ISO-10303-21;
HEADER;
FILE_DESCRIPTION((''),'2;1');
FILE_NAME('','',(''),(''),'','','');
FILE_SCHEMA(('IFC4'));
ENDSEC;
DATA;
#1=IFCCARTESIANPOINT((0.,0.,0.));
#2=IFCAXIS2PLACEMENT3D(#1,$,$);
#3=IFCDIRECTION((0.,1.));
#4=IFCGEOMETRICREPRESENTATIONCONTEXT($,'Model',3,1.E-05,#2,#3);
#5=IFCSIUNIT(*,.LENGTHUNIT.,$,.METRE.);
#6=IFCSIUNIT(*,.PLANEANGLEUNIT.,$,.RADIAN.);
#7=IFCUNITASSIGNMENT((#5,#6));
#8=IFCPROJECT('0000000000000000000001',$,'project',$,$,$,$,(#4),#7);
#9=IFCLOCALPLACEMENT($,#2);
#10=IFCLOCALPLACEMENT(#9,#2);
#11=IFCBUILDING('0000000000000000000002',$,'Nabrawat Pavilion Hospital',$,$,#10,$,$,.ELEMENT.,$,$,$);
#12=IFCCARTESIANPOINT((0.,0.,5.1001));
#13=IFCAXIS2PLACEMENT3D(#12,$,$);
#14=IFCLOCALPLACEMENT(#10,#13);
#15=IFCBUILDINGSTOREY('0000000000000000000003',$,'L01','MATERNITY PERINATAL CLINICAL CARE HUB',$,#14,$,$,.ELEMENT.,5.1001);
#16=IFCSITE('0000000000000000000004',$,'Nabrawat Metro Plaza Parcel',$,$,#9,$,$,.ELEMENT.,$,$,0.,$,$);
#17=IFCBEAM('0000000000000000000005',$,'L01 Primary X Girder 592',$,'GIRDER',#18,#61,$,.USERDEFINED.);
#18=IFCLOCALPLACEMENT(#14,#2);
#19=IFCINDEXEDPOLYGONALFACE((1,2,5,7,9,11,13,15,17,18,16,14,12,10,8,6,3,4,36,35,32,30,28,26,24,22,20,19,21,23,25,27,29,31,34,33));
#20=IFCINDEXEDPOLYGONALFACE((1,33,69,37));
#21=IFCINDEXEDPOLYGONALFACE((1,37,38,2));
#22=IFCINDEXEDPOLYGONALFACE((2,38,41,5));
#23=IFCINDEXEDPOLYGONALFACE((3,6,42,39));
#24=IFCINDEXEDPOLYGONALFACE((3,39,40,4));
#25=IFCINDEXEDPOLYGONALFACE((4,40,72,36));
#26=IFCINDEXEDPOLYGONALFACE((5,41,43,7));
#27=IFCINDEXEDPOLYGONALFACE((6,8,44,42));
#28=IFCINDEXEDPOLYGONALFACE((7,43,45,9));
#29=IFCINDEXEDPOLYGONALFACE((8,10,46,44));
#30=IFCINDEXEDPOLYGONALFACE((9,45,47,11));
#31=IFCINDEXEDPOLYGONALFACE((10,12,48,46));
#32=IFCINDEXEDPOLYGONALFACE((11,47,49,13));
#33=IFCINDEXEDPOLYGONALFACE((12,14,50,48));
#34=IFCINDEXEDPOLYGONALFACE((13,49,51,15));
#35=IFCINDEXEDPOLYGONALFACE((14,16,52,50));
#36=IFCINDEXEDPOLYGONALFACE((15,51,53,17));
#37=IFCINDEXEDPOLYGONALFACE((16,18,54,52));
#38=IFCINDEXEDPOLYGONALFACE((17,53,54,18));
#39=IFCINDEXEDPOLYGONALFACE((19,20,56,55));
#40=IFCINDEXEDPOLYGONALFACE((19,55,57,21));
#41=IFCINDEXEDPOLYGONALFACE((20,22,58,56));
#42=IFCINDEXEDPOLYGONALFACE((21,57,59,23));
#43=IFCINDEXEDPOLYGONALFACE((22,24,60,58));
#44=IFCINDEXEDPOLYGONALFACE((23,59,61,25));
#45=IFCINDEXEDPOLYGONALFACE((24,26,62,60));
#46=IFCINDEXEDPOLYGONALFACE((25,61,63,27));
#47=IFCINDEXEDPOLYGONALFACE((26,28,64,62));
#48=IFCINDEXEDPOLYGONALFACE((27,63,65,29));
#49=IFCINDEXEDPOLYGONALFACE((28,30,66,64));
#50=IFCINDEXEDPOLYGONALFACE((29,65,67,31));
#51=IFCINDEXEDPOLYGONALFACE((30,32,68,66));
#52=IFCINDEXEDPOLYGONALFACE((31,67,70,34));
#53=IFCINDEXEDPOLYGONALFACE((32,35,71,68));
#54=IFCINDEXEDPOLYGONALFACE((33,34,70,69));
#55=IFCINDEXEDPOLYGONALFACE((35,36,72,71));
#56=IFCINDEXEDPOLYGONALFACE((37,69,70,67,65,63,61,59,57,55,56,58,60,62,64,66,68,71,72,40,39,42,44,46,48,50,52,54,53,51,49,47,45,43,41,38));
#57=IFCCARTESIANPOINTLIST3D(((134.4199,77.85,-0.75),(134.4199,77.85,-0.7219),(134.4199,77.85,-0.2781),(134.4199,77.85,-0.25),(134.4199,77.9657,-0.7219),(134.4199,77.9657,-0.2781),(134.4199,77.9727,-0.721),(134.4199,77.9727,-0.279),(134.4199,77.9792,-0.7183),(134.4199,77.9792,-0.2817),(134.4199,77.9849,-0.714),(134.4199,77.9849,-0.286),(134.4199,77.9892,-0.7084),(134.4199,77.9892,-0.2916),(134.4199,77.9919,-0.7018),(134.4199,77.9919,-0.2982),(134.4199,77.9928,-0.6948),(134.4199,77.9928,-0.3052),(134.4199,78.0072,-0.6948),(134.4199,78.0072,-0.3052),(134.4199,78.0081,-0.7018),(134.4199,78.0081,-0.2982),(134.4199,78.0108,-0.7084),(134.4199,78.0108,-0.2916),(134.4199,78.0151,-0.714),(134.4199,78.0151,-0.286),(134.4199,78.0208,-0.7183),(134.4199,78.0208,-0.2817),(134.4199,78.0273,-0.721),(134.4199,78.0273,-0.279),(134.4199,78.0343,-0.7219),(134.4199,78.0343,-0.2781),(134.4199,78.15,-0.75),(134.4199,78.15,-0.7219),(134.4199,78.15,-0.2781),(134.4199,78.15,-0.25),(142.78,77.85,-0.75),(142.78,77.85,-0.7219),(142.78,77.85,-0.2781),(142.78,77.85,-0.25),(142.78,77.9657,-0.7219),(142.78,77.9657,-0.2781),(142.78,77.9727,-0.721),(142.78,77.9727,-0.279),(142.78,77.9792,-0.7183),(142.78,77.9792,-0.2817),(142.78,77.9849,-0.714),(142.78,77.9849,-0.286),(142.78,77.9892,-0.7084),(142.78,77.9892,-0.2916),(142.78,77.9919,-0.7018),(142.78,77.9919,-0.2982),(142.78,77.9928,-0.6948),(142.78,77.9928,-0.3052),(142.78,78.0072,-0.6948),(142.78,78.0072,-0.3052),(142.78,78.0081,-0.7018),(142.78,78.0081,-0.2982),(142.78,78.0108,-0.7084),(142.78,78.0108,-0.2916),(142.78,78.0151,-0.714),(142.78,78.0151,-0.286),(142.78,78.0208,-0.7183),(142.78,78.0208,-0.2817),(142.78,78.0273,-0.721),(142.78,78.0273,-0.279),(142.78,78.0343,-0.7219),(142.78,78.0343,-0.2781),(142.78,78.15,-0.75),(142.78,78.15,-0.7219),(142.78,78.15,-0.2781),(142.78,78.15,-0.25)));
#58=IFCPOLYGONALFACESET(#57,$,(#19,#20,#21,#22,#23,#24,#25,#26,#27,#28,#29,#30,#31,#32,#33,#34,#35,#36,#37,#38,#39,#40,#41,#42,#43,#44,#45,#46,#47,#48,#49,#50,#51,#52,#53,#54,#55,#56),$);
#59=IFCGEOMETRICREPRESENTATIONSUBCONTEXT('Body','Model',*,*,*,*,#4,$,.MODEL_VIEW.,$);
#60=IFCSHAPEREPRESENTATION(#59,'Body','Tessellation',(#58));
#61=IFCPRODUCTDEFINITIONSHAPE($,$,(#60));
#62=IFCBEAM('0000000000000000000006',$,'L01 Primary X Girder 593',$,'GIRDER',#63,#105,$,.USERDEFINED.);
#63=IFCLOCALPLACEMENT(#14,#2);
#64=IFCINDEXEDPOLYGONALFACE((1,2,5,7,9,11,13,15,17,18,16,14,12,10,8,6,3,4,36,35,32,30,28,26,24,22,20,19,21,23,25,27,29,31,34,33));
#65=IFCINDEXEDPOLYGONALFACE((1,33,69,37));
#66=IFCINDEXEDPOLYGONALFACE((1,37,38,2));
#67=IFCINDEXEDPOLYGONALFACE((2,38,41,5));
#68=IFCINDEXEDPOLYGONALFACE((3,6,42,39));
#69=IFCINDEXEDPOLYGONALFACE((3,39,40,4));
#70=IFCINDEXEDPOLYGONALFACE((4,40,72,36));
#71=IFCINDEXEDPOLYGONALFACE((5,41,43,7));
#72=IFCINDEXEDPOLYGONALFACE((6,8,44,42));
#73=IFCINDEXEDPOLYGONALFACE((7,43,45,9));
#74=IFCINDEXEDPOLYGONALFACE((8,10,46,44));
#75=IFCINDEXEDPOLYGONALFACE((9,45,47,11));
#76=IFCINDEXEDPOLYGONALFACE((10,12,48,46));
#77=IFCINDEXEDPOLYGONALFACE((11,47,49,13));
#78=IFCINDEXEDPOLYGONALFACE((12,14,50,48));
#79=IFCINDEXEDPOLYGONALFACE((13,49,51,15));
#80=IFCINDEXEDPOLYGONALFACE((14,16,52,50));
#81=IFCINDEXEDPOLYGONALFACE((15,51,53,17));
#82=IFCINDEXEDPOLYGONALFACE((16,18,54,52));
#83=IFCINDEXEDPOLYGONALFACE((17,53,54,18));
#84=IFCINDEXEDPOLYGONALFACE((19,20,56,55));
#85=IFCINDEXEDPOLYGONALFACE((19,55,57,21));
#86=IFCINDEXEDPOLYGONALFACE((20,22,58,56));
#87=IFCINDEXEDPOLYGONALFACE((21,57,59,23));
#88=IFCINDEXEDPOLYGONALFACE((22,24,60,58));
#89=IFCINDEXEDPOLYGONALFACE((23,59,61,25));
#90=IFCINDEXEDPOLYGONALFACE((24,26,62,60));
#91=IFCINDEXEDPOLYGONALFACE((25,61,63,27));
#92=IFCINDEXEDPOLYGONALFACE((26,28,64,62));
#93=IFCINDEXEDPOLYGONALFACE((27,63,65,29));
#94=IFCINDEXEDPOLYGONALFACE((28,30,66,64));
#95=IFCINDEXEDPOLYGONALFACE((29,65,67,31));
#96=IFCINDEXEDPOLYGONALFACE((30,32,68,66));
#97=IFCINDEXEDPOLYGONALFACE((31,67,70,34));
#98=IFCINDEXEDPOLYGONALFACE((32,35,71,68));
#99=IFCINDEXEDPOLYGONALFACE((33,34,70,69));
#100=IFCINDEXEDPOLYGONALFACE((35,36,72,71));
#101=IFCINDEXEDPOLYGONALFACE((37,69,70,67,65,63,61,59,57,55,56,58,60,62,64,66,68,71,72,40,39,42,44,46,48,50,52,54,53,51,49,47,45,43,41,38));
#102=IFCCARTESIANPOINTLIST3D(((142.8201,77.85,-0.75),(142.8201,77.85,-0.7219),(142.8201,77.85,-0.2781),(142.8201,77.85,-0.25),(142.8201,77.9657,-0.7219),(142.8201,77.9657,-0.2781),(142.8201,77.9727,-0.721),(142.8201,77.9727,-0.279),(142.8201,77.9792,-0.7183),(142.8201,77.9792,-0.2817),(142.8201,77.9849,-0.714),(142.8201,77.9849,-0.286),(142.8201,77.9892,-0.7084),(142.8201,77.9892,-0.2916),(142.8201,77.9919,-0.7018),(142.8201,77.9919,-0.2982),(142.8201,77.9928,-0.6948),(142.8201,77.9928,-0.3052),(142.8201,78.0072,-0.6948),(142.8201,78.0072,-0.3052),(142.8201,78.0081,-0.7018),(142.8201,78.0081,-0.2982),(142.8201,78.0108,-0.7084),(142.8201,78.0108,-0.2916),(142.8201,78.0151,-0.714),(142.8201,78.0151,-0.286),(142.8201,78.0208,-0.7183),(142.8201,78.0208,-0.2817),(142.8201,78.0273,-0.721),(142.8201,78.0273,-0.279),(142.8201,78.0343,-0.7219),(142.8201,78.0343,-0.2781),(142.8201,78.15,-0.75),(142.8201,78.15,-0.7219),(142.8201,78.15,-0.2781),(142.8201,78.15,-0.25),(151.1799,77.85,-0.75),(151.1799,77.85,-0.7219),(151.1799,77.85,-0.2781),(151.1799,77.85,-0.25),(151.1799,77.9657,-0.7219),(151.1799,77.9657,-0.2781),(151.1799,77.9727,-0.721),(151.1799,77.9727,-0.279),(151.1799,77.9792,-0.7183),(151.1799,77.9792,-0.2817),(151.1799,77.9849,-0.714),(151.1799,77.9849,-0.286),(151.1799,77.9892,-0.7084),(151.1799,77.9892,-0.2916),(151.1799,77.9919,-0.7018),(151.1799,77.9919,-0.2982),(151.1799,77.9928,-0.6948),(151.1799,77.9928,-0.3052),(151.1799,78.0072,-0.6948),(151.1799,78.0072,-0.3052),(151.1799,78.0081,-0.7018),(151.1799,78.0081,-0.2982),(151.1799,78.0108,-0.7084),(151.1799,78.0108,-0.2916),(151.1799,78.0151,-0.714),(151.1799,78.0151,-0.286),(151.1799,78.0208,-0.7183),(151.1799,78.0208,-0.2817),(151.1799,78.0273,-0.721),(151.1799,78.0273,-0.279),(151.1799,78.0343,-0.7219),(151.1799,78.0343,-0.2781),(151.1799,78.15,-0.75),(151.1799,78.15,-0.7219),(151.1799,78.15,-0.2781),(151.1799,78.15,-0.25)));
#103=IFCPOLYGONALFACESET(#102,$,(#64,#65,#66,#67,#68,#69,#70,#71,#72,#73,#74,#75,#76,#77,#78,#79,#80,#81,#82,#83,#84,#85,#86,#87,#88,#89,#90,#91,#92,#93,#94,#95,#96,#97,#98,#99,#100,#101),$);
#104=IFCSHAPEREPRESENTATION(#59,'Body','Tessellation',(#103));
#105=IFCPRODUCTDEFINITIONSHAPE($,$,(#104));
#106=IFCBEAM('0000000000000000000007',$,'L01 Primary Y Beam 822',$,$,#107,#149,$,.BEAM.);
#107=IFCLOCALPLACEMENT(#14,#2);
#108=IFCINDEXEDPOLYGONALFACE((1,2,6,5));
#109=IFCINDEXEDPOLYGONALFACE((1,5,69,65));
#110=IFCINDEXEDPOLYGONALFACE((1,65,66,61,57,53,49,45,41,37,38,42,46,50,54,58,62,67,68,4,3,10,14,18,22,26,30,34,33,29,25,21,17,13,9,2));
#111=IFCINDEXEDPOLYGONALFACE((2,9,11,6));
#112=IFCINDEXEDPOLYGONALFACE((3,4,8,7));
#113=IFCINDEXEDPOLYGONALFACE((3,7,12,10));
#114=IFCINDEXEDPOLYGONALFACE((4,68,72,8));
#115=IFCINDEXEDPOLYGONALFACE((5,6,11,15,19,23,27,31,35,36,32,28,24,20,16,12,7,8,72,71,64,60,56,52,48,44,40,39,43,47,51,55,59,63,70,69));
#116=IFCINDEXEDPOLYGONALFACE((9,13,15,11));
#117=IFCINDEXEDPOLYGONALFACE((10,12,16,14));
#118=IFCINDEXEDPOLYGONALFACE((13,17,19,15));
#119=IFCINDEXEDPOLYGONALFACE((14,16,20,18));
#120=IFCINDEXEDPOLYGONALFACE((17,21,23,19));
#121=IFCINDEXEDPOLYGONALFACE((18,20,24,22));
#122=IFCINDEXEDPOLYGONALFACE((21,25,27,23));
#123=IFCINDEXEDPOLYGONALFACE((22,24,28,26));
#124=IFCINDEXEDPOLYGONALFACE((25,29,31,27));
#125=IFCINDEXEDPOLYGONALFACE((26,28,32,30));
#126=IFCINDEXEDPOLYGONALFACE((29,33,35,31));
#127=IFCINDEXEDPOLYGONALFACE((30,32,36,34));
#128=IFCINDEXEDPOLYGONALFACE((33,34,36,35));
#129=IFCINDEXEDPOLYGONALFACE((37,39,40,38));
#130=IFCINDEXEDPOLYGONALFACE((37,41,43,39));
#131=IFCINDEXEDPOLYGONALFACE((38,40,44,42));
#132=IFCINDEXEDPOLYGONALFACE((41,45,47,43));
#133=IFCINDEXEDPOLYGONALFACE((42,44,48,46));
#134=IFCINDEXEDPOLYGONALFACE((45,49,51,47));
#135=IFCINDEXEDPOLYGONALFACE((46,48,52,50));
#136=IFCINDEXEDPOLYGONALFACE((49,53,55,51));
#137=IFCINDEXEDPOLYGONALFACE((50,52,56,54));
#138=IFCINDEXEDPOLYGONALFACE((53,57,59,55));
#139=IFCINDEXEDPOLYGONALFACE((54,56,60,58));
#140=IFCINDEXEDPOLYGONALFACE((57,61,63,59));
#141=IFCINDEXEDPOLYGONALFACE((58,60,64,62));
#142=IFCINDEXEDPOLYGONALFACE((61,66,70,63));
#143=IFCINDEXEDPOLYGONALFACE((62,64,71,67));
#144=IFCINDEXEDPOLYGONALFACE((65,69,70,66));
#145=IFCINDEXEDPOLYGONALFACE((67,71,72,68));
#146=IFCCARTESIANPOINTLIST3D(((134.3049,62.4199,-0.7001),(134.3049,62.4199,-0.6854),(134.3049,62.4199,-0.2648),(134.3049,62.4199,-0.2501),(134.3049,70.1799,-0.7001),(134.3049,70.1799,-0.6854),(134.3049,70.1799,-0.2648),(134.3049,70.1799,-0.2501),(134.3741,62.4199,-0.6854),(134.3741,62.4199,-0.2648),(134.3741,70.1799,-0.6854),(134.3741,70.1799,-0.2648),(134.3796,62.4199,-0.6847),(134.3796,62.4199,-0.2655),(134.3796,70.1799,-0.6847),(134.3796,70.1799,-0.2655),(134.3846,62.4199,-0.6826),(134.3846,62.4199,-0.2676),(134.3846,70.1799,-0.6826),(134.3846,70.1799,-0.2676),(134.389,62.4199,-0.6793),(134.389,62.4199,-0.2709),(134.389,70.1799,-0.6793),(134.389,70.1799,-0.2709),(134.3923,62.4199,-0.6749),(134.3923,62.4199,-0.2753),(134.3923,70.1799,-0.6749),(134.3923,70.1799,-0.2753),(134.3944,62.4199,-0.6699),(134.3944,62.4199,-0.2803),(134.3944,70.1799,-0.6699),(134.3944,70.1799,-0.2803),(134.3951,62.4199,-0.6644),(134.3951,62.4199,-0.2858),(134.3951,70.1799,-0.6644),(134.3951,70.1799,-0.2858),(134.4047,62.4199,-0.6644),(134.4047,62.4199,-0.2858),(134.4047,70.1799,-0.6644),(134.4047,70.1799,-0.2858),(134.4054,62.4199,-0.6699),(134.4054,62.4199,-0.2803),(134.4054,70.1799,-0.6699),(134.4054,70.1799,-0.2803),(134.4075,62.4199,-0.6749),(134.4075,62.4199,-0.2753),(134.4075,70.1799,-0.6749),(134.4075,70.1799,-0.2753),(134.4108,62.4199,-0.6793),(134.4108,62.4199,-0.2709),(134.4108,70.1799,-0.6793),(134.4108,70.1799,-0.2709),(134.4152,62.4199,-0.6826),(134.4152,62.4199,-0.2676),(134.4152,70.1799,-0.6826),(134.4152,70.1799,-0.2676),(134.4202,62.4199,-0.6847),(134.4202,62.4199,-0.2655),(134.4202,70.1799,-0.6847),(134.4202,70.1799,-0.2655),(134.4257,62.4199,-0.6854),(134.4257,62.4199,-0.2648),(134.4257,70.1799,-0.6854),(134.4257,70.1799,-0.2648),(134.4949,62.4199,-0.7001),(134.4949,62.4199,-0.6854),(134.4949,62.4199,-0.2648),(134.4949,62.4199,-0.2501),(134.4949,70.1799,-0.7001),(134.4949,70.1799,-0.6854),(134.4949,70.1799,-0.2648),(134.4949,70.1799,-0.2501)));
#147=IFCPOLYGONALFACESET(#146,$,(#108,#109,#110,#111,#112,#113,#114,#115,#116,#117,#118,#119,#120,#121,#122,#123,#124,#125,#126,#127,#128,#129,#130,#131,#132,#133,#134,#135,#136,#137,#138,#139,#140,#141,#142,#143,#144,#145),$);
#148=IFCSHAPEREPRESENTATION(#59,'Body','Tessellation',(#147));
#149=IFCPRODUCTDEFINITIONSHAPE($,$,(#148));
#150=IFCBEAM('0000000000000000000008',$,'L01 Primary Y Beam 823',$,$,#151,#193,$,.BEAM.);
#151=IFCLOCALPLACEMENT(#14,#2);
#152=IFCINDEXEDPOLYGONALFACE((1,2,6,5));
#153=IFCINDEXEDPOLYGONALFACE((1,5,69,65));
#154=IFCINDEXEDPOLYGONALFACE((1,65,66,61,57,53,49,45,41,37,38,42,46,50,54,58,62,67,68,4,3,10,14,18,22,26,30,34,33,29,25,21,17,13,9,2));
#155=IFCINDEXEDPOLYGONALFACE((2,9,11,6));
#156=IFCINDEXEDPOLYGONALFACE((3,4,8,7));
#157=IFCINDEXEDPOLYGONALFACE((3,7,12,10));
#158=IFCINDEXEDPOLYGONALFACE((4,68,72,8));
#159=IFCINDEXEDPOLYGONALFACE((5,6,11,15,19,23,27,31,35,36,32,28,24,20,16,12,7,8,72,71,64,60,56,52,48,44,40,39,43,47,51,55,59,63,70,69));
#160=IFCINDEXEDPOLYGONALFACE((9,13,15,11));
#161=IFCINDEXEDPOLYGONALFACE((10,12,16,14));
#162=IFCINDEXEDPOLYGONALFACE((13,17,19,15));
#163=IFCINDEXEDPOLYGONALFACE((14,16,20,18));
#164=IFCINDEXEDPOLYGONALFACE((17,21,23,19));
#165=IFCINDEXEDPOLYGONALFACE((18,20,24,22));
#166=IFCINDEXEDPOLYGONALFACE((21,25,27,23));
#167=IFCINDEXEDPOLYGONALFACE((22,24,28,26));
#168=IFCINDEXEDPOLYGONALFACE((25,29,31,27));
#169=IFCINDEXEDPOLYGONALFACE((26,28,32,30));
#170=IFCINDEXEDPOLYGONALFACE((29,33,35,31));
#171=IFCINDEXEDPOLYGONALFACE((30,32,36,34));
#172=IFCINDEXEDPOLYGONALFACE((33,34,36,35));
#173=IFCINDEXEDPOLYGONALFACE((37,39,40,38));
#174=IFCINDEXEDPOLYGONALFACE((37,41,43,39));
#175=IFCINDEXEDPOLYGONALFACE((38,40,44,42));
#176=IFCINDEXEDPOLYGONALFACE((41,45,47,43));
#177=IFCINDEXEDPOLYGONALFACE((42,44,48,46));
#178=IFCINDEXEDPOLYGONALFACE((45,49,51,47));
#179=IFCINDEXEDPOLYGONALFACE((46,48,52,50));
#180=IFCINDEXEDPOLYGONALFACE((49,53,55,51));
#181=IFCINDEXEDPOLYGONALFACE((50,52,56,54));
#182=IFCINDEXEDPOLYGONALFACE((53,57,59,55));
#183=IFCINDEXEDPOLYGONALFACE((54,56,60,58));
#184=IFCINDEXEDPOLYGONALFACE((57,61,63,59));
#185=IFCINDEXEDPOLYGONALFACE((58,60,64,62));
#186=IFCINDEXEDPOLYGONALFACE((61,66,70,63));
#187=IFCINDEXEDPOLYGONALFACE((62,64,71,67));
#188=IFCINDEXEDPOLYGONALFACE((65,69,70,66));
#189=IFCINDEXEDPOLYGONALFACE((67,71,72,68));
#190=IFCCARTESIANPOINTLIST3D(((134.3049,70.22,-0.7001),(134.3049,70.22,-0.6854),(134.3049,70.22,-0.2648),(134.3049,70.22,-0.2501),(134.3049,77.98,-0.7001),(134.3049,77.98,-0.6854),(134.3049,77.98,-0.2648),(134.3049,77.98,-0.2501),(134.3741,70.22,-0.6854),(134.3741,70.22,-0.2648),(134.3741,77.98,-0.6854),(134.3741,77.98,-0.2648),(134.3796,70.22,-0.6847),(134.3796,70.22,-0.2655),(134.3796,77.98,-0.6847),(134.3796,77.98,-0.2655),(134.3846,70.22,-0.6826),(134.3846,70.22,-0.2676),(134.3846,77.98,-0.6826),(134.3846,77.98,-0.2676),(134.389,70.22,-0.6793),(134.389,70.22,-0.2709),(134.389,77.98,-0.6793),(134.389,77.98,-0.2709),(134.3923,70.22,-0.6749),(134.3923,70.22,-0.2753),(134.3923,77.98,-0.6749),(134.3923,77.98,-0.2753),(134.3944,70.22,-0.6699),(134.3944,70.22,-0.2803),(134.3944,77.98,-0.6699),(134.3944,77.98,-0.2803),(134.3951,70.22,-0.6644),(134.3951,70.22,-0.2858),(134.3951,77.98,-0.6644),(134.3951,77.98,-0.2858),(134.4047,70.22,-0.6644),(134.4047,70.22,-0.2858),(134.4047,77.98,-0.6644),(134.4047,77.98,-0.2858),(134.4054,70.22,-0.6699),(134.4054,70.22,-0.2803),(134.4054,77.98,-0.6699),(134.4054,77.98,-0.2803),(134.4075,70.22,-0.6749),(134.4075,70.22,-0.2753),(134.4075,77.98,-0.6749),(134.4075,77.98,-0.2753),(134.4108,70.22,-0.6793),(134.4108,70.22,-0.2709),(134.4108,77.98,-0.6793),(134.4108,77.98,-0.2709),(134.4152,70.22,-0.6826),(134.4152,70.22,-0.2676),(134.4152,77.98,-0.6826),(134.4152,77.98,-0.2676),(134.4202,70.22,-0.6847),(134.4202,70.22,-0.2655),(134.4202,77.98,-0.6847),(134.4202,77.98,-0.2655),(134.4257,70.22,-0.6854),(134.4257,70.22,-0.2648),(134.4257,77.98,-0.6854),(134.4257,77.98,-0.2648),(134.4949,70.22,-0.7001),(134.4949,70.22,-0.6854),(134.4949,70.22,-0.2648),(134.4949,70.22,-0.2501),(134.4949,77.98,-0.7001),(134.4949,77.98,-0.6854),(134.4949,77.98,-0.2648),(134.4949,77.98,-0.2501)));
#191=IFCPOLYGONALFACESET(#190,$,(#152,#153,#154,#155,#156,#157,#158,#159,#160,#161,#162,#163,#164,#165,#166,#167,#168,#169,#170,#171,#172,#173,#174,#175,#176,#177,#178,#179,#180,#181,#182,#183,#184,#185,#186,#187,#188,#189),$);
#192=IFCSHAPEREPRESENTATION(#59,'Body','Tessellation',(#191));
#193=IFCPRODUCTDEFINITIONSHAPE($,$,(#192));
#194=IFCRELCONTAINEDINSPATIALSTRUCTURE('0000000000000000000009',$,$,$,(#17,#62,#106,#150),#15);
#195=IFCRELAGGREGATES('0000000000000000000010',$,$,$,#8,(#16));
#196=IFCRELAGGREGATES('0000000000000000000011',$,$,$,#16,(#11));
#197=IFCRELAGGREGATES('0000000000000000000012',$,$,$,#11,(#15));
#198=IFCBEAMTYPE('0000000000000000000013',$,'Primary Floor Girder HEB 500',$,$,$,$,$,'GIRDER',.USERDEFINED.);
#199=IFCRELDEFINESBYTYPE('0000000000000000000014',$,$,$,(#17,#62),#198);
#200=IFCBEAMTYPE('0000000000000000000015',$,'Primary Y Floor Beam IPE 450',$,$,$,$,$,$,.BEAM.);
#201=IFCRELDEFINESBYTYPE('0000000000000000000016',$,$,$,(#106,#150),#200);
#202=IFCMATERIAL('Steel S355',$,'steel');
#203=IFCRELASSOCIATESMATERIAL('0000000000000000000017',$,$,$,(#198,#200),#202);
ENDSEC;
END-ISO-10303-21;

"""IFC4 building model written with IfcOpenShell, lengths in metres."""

from ifc_helpers import new_model, si_unit, direction, frame, origin, origin_2d, place, context, subcontext, project, spatial, i_section, extrude, material, material_profile, profile_set, type_object, element, save


model = new_model("IFC4")

# Units and contexts
model_context = context("Model", 3, precision=1e-05, world=origin(), true_north=direction((0.0, 1.0)))
body_context = subcontext(model_context, "Body", "Model", "MODEL_VIEW")
ifc_project = project(units=[si_unit("LENGTHUNIT", "METRE"), si_unit("PLANEANGLEUNIT", "RADIAN")], contexts=[model_context])

# Site, building, storey
site_placement = place(None, origin())
site = spatial("IfcSite", under=ifc_project, at=site_placement, Name="Nabrawat Metro Plaza Parcel", CompositionType="ELEMENT", RefElevation=0.0)
building_placement = place(site_placement, origin())
building = spatial("IfcBuilding", under=site, at=building_placement, Name="Nabrawat Pavilion Hospital", CompositionType="ELEMENT")
storey_placement = place(building_placement, frame((0.0, 0.0, 5.1001)))
storey = spatial("IfcBuildingStorey", under=building, at=storey_placement, Name="L01", Description="MATERNITY PERINATAL CLINICAL CARE HUB", CompositionType="ELEMENT", Elevation=5.1001)

# Shared definitions
ifc_material_1 = material(Name="Steel S355", Category="steel")

# Beams
ifc_material_profile_1 = material_profile(ifc_material_1, i_section(OverallWidth=0.3, OverallDepth=0.5, WebThickness=0.0144, FlangeThickness=0.0281, FilletRadius=0.0271, at=origin_2d()), Name="HEB 500")
ifc_profile_set_1 = profile_set([ifc_material_profile_1], Name="Steel S355")
beam_type_1 = type_object("IfcBeamType", Name="Primary Floor Girder HEB 500", ElementType="GIRDER", PredefinedType="USERDEFINED", material=ifc_profile_set_1)
for number, where, z_axis, x_axis, name in (
    (1, (134.4199, 78.0, -0.5), (1.0, 0.0, 0.0), (0.0, 1.0, 0.0), "L01 Primary X Girder 592"),
):
    element("IfcBeam", number, at=place(storey_placement, frame(where, z_axis=z_axis, x_axis=x_axis)), inside=storey, type_object=beam_type_1, Name=name, ObjectType="GIRDER", PredefinedType="USERDEFINED", context=body_context, shape_type="SweptSolid", body=[
        extrude(i_section(OverallWidth=0.3, OverallDepth=0.5, WebThickness=0.0144, FlangeThickness=0.0281, FilletRadius=0.0271, at=origin_2d()), origin(), (0.0, 0.0, 1.0), 8.3601),
    ])
beam_1_placement = place(storey_placement, frame((142.8201, 78.0, -0.5), z_axis=(1.0, 0.0, 0.0), x_axis=(0.0, 1.0, 0.0)))
element("IfcBeam", 2, at=beam_1_placement, inside=storey, type_object=beam_type_1, Name="L01 Primary X Girder 593", ObjectType="GIRDER", PredefinedType="USERDEFINED", context=body_context, shape_type="SweptSolid", body=[
    extrude(i_section(OverallWidth=0.3, OverallDepth=0.5, WebThickness=0.0144, FlangeThickness=0.0281, FilletRadius=0.0271, at=origin_2d()), origin(), (0.0, 0.0, 1.0), 8.3599),
])
ifc_material_profile_2 = material_profile(ifc_material_1, i_section(OverallWidth=0.1899, OverallDepth=0.45, WebThickness=0.0095, FlangeThickness=0.0146, FilletRadius=0.021, at=origin_2d()), Name="IPE 450")
ifc_profile_set_2 = profile_set([ifc_material_profile_2], Name="Steel S355")
beam_type_2 = type_object("IfcBeamType", Name="Primary Y Floor Beam IPE 450", PredefinedType="BEAM", material=ifc_profile_set_2)
for number, where, z_axis, x_axis, name in (
    (3, (134.3999, 62.4199, -0.4751), (0.0, 1.0, 0.0), (-1.0, 0.0, 0.0), "L01 Primary Y Beam 822"),
    (4, (134.3999, 70.22, -0.4751), (0.0, 1.0, 0.0), (-1.0, 0.0, 0.0), "L01 Primary Y Beam 823"),
):
    element("IfcBeam", number, at=place(storey_placement, frame(where, z_axis=z_axis, x_axis=x_axis)), inside=storey, type_object=beam_type_2, Name=name, PredefinedType="BEAM", context=body_context, shape_type="SweptSolid", body=[
        extrude(i_section(OverallWidth=0.1899, OverallDepth=0.45, WebThickness=0.0095, FlangeThickness=0.0146, FilletRadius=0.021, at=origin_2d()), origin(), (0.0, 0.0, 1.0), 7.76),
    ])

save(model, "model.ifc")
